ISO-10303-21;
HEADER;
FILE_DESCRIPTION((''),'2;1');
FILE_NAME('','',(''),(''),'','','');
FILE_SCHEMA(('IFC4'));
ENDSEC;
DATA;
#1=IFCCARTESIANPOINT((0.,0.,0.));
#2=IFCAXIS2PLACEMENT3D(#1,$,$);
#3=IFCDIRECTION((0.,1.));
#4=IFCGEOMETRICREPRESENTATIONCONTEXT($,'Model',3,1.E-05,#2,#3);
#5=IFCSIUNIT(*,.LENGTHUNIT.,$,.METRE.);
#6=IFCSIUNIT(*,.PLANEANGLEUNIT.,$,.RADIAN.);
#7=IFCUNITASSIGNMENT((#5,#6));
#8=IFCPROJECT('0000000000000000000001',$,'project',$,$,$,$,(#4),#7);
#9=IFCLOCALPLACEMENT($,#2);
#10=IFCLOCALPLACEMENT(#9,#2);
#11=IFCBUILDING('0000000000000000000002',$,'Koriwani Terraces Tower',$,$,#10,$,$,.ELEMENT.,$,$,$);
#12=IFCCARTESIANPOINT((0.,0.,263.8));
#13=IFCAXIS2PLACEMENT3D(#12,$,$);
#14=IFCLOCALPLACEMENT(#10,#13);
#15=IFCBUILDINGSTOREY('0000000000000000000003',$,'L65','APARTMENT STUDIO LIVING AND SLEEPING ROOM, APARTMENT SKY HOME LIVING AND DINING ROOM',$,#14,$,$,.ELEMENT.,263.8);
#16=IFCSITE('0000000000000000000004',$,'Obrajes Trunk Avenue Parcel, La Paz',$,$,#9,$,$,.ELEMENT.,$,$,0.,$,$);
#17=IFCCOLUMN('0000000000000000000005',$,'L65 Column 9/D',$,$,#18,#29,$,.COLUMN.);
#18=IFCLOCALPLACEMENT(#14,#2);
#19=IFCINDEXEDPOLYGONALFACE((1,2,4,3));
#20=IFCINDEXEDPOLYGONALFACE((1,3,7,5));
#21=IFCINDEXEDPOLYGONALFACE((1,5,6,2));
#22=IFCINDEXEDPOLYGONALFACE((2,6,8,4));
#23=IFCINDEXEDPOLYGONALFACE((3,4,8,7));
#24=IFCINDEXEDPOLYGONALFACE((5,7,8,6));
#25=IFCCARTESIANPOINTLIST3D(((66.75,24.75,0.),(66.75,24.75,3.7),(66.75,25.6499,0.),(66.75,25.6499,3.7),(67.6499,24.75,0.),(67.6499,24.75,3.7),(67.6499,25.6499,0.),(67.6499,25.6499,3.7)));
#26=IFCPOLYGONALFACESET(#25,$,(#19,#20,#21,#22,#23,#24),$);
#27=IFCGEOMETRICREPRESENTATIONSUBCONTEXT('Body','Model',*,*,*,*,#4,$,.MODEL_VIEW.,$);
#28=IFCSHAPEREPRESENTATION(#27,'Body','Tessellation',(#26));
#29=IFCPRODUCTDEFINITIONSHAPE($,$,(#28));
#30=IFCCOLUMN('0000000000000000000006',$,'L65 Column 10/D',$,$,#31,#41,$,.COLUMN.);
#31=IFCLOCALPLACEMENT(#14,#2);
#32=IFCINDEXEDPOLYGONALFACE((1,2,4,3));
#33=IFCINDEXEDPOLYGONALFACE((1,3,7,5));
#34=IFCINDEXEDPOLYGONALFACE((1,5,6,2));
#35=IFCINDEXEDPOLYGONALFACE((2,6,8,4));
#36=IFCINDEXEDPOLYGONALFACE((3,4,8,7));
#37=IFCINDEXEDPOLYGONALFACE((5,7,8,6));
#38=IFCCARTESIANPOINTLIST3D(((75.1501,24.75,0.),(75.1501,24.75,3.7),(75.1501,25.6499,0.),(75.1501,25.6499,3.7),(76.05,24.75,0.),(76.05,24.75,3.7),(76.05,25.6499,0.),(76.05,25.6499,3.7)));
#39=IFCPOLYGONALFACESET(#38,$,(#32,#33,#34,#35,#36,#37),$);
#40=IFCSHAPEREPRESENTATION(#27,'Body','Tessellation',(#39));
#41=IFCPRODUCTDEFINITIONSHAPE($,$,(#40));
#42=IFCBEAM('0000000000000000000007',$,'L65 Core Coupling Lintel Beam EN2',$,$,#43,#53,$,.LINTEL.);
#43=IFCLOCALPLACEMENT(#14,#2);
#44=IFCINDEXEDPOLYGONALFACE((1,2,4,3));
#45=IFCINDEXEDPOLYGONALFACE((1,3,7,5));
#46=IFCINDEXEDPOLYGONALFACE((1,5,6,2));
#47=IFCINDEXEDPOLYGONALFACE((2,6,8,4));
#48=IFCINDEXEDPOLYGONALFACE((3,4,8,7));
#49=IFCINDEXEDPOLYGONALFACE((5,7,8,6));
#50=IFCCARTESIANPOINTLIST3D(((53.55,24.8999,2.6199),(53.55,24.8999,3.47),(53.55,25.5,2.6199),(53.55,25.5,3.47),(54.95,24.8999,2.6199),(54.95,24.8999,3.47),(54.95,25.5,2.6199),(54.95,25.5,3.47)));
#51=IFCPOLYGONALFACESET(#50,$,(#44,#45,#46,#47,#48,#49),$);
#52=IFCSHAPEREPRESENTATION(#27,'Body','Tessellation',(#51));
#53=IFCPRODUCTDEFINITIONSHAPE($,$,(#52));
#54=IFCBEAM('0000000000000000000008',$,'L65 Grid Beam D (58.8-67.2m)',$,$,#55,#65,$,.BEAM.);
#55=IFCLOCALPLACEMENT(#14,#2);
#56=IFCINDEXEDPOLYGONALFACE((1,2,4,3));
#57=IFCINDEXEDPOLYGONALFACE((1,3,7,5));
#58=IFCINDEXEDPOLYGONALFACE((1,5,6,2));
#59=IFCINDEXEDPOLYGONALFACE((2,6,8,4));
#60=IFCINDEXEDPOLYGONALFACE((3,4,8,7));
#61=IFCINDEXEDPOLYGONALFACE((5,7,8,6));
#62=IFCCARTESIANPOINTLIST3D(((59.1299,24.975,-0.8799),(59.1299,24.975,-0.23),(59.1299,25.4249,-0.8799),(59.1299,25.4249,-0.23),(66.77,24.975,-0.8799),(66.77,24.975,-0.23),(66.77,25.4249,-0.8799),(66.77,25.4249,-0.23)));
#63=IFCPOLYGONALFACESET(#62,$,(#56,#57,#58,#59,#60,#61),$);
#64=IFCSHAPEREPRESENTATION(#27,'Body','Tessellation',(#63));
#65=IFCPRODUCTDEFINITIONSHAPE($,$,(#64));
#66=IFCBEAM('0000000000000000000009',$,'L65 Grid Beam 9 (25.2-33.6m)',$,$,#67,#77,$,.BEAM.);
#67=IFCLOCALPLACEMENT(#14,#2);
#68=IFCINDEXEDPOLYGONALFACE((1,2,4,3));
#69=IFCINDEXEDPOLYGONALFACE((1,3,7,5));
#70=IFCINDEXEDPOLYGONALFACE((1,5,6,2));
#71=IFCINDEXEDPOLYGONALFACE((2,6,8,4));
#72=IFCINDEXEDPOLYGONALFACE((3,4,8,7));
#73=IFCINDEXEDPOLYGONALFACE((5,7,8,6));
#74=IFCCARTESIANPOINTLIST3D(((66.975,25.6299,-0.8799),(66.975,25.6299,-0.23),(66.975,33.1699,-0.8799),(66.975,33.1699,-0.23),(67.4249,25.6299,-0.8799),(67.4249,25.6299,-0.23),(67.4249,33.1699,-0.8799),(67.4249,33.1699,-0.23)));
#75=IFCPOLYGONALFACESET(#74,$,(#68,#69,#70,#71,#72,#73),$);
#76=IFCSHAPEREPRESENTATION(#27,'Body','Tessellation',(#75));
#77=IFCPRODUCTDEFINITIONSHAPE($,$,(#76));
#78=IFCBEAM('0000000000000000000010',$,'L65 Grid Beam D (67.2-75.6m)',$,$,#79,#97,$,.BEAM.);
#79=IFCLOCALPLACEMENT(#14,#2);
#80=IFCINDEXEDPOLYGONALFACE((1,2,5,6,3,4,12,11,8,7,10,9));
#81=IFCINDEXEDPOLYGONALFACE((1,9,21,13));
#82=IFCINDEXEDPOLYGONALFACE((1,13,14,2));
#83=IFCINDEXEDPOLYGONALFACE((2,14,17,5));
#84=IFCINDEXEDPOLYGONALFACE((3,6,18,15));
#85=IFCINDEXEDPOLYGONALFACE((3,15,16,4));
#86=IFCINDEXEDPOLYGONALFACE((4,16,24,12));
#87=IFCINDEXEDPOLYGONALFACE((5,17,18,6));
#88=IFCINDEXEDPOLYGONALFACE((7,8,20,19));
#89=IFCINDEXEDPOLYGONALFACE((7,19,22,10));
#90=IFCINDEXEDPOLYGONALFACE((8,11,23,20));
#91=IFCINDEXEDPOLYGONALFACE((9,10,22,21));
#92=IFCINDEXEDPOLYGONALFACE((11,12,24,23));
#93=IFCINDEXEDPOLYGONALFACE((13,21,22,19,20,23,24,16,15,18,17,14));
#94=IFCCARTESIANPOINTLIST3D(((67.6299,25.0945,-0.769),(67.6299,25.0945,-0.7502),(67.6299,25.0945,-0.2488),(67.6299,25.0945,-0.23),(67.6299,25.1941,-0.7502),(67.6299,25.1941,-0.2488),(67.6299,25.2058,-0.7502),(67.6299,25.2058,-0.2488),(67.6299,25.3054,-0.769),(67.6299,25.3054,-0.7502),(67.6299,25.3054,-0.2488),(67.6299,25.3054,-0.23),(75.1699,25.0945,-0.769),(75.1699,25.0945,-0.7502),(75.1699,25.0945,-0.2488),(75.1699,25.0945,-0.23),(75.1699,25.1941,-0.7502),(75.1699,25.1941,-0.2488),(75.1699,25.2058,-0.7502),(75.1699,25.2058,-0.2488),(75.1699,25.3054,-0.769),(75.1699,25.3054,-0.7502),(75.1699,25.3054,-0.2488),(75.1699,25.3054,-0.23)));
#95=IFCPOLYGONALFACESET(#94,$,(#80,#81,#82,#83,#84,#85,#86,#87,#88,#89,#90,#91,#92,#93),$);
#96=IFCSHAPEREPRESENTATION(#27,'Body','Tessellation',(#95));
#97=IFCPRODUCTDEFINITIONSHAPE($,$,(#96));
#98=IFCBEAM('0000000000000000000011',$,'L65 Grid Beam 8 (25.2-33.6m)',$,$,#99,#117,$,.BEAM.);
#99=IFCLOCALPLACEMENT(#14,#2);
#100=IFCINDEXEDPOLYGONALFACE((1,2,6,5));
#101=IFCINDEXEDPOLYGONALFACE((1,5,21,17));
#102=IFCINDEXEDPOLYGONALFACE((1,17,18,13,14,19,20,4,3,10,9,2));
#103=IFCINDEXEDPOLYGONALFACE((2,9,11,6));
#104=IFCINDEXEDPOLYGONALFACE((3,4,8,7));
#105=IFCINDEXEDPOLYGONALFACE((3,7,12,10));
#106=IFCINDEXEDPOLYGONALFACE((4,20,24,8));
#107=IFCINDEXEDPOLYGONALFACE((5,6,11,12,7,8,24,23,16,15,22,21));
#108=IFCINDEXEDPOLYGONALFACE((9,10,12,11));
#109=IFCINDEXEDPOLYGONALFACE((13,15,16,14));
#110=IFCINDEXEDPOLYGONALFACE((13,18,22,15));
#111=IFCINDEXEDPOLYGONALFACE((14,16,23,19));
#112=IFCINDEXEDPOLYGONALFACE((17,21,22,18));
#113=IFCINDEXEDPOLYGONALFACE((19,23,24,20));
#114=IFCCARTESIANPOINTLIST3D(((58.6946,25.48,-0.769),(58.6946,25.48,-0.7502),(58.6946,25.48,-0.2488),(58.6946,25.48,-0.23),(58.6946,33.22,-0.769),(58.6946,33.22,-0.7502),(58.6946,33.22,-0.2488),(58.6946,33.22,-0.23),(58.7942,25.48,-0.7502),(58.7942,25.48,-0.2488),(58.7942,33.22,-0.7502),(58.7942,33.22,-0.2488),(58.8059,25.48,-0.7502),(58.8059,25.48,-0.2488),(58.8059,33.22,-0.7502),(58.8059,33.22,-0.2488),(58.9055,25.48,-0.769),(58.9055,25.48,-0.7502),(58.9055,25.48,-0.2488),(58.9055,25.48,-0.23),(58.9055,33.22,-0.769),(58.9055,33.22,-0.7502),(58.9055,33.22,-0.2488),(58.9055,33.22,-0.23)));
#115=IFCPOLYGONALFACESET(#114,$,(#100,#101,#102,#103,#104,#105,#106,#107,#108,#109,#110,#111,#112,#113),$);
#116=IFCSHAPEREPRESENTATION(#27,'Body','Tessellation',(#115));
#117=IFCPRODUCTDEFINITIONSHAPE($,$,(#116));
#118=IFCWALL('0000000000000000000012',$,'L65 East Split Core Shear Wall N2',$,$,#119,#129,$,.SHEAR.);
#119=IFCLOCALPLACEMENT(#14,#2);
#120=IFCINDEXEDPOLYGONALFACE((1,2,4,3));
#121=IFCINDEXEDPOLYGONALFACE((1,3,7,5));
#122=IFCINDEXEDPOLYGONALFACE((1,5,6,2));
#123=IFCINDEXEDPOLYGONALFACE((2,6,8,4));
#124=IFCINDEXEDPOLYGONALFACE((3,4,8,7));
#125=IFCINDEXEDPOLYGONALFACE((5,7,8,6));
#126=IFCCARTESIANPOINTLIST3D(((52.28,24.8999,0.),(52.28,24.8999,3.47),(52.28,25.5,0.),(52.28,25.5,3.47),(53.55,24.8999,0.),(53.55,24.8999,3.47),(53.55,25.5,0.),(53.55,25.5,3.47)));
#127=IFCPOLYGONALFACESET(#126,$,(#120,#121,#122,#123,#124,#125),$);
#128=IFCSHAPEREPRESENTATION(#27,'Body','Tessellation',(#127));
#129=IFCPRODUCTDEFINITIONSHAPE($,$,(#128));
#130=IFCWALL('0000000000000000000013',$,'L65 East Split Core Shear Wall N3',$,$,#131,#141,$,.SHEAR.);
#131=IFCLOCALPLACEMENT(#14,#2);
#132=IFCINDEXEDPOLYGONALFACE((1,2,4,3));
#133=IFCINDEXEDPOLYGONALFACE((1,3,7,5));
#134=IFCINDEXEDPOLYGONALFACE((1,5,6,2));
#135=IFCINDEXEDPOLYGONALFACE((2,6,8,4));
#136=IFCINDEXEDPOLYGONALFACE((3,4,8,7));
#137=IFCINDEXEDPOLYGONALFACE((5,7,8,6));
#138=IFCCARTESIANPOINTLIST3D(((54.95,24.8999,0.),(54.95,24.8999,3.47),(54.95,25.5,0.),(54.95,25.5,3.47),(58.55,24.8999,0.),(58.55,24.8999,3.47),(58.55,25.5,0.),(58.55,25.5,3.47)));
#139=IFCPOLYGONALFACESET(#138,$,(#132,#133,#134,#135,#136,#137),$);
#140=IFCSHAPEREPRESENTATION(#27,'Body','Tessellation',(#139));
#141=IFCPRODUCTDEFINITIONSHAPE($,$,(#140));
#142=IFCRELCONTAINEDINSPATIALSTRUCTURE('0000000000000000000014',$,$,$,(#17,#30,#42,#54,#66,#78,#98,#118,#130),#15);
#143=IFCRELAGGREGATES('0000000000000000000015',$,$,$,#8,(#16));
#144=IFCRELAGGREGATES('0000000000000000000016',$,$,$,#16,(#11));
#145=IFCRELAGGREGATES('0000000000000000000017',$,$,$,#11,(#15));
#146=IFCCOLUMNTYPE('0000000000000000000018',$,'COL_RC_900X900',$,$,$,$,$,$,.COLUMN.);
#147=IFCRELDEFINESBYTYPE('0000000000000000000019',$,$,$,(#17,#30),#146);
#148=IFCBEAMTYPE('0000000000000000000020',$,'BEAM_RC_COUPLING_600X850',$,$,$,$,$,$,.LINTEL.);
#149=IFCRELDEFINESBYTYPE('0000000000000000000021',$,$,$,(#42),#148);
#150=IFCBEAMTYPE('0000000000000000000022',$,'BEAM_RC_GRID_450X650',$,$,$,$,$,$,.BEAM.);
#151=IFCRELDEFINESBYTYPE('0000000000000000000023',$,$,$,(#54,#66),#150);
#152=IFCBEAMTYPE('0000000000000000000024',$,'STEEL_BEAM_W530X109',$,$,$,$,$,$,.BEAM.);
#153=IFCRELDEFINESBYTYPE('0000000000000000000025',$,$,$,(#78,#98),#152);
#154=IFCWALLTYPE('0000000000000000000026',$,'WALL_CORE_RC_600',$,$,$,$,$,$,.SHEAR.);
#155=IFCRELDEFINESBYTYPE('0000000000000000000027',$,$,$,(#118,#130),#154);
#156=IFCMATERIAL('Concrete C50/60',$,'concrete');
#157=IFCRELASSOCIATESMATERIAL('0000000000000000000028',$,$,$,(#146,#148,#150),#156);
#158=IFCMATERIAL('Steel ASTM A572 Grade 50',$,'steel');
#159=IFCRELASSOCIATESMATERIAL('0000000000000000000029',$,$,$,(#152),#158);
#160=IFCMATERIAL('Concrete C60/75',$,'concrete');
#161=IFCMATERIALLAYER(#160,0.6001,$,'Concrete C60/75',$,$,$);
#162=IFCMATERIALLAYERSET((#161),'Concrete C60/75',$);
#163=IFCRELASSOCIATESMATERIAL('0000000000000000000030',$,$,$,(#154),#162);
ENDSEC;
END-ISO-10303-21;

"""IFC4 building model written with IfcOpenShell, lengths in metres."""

from ifc_helpers import new_model, si_unit, direction, frame, frame_2d, origin, origin_2d, place, context, subcontext, project, spatial, rectangle, i_section, extrude, material, layer, layer_set, material_profile, profile_set, type_object, element, save


model = new_model("IFC4")

# Units and contexts
model_context = context("Model", 3, precision=1e-05, world=origin(), true_north=direction((0.0, 1.0)))
body_context = subcontext(model_context, "Body", "Model", "MODEL_VIEW")
ifc_project = project(units=[si_unit("LENGTHUNIT", "METRE"), si_unit("PLANEANGLEUNIT", "RADIAN")], contexts=[model_context])

# Site, building, storey
site_placement = place(None, origin())
site = spatial("IfcSite", under=ifc_project, at=site_placement, Name="Obrajes Trunk Avenue Parcel, La Paz", CompositionType="ELEMENT", RefElevation=0.0)
building_placement = place(site_placement, origin())
building = spatial("IfcBuilding", under=site, at=building_placement, Name="Koriwani Terraces Tower", CompositionType="ELEMENT")
storey_placement = place(building_placement, frame((0.0, 0.0, 263.8)))
storey = spatial("IfcBuildingStorey", under=building, at=storey_placement, Name="L65", Description="APARTMENT STUDIO LIVING AND SLEEPING ROOM, APARTMENT SKY HOME LIVING AND DINING ROOM", CompositionType="ELEMENT", Elevation=263.8)

# Columns
ifc_material_1 = material(Name="Concrete C50/60", Category="concrete")
ifc_material_profile_1 = material_profile(ifc_material_1, rectangle(XDim=0.8999, YDim=0.8999, at=origin_2d()), Name="Concrete C50/60", Category="LoadBearing")
ifc_profile_set_1 = profile_set([ifc_material_profile_1], Name="Concrete C50/60")
column_type = type_object("IfcColumnType", Name="COL_RC_900X900", PredefinedType="COLUMN", material=ifc_profile_set_1)
for number, where, z_axis, x_axis, name in (
    (1, (67.2, 25.2, 0.0), (0.0, 0.0, 1.0), (1.0, 0.0, 0.0), "L65 Column 9/D"),
    (2, (75.6001, 25.2, 0.0), (0.0, 0.0, 1.0), (1.0, 0.0, 0.0), "L65 Column 10/D"),
):
    element("IfcColumn", number, at=place(storey_placement, frame(where, z_axis=z_axis, x_axis=x_axis)), inside=storey, type_object=column_type, Name=name, PredefinedType="COLUMN", context=body_context, shape_type="SweptSolid", body=[
        extrude(rectangle(XDim=0.8999, YDim=0.8999, at=origin_2d()), origin(), (0.0, 0.0, 1.0), 3.7),
    ])

# Beams
ifc_material_profile_2 = material_profile(ifc_material_1, rectangle(XDim=0.6001, YDim=0.8501, at=origin_2d()), Name="Concrete C50/60", Category="LoadBearing")
ifc_profile_set_2 = profile_set([ifc_material_profile_2], Name="Concrete C50/60")
beam_type_1 = type_object("IfcBeamType", Name="BEAM_RC_COUPLING_600X850", PredefinedType="LINTEL", material=ifc_profile_set_2)
beam_1_placement = place(storey_placement, frame((53.55, 25.2, 3.0449), z_axis=(1.0, 0.0, 0.0), x_axis=(0.0, 1.0, 0.0)))
element("IfcBeam", 3, at=beam_1_placement, inside=storey, type_object=beam_type_1, Name="L65 Core Coupling Lintel Beam EN2", PredefinedType="LINTEL", context=body_context, shape_type="SweptSolid", body=[
    extrude(rectangle(XDim=0.6001, YDim=0.8501, at=origin_2d()), origin(), (0.0, 0.0, 1.0), 1.3999),
])
ifc_material_profile_3 = material_profile(ifc_material_1, rectangle(XDim=0.45, YDim=0.6499, at=origin_2d()), Name="Concrete C50/60", Category="LoadBearing")
ifc_profile_set_3 = profile_set([ifc_material_profile_3], Name="Concrete C50/60")
beam_type_2 = type_object("IfcBeamType", Name="BEAM_RC_GRID_450X650", PredefinedType="BEAM", material=ifc_profile_set_3)
beam_2_placement = place(storey_placement, frame((59.1299, 25.2, -0.5549), z_axis=(1.0, 0.0, 0.0), x_axis=(0.0, 1.0, 0.0)))
element("IfcBeam", 4, at=beam_2_placement, inside=storey, type_object=beam_type_2, Name="L65 Grid Beam D (58.8-67.2m)", PredefinedType="BEAM", context=body_context, shape_type="SweptSolid", body=[
    extrude(rectangle(XDim=0.45, YDim=0.6499, at=origin_2d()), origin(), (0.0, 0.0, 1.0), 7.6401),
])
beam_3_placement = place(storey_placement, frame((67.2, 25.6299, -0.5549), z_axis=(0.0, 1.0, 0.0), x_axis=(-1.0, 0.0, 0.0)))
element("IfcBeam", 5, at=beam_3_placement, inside=storey, type_object=beam_type_2, Name="L65 Grid Beam 9 (25.2-33.6m)", PredefinedType="BEAM", context=body_context, shape_type="SweptSolid", body=[
    extrude(rectangle(XDim=0.45, YDim=0.6499, at=origin_2d()), origin(), (0.0, 0.0, 1.0), 7.54),
])
ifc_material_2 = material(Name="Steel ASTM A572 Grade 50", Category="steel")
ifc_material_profile_4 = material_profile(ifc_material_2, i_section(OverallWidth=0.2109, OverallDepth=0.5391, WebThickness=0.0117, FlangeThickness=0.0188, at=origin_2d()), Name="Steel ASTM A572 Grade 50", Category="LoadBearing")
ifc_profile_set_4 = profile_set([ifc_material_profile_4], Name="Steel ASTM A572 Grade 50")
beam_type_3 = type_object("IfcBeamType", Name="STEEL_BEAM_W530X109", PredefinedType="BEAM", material=ifc_profile_set_4)
beam_4_placement = place(storey_placement, frame((67.6299, 25.2, -0.4995), z_axis=(1.0, 0.0, 0.0), x_axis=(0.0, 1.0, 0.0)))
element("IfcBeam", 6, at=beam_4_placement, inside=storey, type_object=beam_type_3, Name="L65 Grid Beam D (67.2-75.6m)", PredefinedType="BEAM", context=body_context, shape_type="SweptSolid", body=[
    extrude(i_section(OverallWidth=0.2109, OverallDepth=0.5391, WebThickness=0.0117, FlangeThickness=0.0188, at=origin_2d()), origin(), (0.0, 0.0, 1.0), 7.54),
])
beam_5_placement = place(storey_placement, frame((58.8, 25.48, -0.4995), z_axis=(0.0, 1.0, 0.0), x_axis=(-1.0, 0.0, 0.0)))
element("IfcBeam", 7, at=beam_5_placement, inside=storey, type_object=beam_type_3, Name="L65 Grid Beam 8 (25.2-33.6m)", PredefinedType="BEAM", context=body_context, shape_type="SweptSolid", body=[
    extrude(i_section(OverallWidth=0.2109, OverallDepth=0.5391, WebThickness=0.0117, FlangeThickness=0.0188, at=origin_2d()), origin(), (0.0, 0.0, 1.0), 7.74),
])

# Walls
ifc_material_3 = material(Name="Concrete C60/75", Category="concrete")
ifc_layer_1 = layer(ifc_material_3, 0.6001, Name="Concrete C60/75")
ifc_layer_set_1 = layer_set([ifc_layer_1], Name="Concrete C60/75")
wall_type_1 = type_object("IfcWallType", Name="WALL_CORE_RC_600", PredefinedType="SHEAR", material=ifc_layer_set_1)
wall_1_placement = place(storey_placement, frame((52.28, 25.2, 0.0), z_axis=(0.0, 0.0, 1.0), x_axis=(1.0, 0.0, 0.0)))
element("IfcWall", 8, at=wall_1_placement, inside=storey, type_object=wall_type_1, Name="L65 East Split Core Shear Wall N2", PredefinedType="SHEAR", context=body_context, shape_type="SweptSolid", body=[
    extrude(rectangle(XDim=1.27, YDim=0.6001, at=frame_2d((0.635, 0.0))), origin(), (0.0, 0.0, 1.0), 3.47),
])
wall_2_placement = place(storey_placement, frame((54.95, 25.2, 0.0), z_axis=(0.0, 0.0, 1.0), x_axis=(1.0, 0.0, 0.0)))
element("IfcWall", 9, at=wall_2_placement, inside=storey, type_object=wall_type_1, Name="L65 East Split Core Shear Wall N3", PredefinedType="SHEAR", context=body_context, shape_type="SweptSolid", body=[
    extrude(rectangle(XDim=3.6001, YDim=0.6001, at=frame_2d((1.8, 0.0))), origin(), (0.0, 0.0, 1.0), 3.47),
])

save(model, "model.ifc")
